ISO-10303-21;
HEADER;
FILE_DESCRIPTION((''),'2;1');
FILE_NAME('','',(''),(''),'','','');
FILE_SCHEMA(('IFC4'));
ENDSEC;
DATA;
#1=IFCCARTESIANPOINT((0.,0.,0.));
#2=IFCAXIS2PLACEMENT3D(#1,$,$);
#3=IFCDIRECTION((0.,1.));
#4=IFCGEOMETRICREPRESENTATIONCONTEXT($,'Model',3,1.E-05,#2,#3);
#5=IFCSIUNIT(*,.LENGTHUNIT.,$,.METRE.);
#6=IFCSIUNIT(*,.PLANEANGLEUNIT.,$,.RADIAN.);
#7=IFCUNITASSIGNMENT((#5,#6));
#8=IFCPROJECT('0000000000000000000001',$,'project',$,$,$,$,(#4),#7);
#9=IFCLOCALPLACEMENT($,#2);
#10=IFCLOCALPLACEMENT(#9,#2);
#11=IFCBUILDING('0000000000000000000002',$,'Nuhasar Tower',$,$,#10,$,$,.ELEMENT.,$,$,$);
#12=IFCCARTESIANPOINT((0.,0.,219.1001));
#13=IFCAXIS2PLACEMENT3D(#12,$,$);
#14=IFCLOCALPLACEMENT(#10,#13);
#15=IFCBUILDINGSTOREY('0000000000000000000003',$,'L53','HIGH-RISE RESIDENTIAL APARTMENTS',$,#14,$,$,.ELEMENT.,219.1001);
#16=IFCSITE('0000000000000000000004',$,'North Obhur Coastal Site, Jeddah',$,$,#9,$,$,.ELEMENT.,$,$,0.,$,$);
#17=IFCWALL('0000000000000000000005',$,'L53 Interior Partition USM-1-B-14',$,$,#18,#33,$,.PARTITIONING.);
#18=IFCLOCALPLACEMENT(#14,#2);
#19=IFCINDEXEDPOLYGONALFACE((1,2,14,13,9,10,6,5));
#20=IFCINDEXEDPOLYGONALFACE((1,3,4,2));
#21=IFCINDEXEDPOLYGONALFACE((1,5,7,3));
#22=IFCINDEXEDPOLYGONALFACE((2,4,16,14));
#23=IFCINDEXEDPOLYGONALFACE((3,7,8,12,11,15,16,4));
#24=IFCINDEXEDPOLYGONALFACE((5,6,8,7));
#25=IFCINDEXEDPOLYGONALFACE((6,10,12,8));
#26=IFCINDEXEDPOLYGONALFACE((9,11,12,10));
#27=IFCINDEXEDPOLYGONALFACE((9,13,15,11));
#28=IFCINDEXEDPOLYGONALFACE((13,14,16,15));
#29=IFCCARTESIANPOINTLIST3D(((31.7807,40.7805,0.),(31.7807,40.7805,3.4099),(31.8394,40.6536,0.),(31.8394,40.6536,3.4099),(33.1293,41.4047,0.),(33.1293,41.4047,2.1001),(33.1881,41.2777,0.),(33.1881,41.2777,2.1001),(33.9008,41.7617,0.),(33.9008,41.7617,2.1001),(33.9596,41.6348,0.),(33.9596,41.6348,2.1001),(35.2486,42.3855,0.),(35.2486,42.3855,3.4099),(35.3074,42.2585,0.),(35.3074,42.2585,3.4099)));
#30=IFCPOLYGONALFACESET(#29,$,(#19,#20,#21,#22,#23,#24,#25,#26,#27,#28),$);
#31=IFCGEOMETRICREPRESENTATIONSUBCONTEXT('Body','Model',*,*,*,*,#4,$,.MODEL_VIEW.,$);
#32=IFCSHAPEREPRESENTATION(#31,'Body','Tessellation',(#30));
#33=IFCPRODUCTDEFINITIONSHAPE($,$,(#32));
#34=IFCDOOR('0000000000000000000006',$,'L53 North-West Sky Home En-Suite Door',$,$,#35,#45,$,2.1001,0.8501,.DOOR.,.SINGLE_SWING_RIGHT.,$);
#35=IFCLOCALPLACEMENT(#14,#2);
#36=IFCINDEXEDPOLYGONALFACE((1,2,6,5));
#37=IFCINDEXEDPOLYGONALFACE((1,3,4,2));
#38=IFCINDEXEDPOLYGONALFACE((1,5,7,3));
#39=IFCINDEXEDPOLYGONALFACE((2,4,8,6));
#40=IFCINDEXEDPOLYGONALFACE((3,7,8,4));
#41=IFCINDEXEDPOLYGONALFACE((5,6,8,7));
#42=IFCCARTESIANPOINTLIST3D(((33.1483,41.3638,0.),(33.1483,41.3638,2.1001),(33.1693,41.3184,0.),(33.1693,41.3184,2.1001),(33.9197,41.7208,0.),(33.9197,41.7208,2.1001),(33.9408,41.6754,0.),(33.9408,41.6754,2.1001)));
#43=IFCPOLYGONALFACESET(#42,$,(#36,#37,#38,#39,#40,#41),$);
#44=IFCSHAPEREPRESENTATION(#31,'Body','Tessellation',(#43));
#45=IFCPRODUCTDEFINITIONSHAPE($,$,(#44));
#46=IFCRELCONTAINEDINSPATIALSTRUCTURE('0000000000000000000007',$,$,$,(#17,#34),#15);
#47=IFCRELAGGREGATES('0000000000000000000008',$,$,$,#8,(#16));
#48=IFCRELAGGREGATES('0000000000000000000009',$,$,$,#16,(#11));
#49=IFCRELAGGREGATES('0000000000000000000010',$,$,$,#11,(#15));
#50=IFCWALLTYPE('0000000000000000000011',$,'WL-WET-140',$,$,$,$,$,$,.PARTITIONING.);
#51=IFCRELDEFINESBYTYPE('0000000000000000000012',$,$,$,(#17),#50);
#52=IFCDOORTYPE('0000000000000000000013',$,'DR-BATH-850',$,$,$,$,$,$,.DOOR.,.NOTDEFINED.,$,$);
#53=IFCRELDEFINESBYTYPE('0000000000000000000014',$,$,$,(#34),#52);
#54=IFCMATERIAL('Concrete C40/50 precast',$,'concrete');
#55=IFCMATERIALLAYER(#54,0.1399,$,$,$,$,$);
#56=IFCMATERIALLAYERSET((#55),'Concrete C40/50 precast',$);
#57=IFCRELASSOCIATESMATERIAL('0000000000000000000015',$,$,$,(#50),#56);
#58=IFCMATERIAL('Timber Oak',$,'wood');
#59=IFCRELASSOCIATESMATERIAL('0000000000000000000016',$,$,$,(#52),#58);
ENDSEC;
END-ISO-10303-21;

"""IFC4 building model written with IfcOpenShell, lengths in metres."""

from ifc_helpers import new_model, si_unit, direction, frame, frame_2d, origin, place, context, subcontext, project, spatial, rectangle, extrude, material, layer, layer_set, type_object, element, fill, save


model = new_model("IFC4")

# Units and contexts
model_context = context("Model", 3, precision=1e-05, world=origin(), true_north=direction((0.0, 1.0)))
body_context = subcontext(model_context, "Body", "Model", "MODEL_VIEW")
ifc_project = project(units=[si_unit("LENGTHUNIT", "METRE"), si_unit("PLANEANGLEUNIT", "RADIAN")], contexts=[model_context])

# Site, building, storey
site_placement = place(None, origin())
site = spatial("IfcSite", under=ifc_project, at=site_placement, Name="North Obhur Coastal Site, Jeddah", CompositionType="ELEMENT", RefElevation=0.0)
building_placement = place(site_placement, origin())
building = spatial("IfcBuilding", under=site, at=building_placement, Name="Nuhasar Tower", CompositionType="ELEMENT")
storey_placement = place(building_placement, frame((0.0, 0.0, 219.1001)))
storey = spatial("IfcBuildingStorey", under=building, at=storey_placement, Name="L53", Description="HIGH-RISE RESIDENTIAL APARTMENTS", CompositionType="ELEMENT", Elevation=219.1001)

# Shared definitions
ifc_material_1 = material(Name="Concrete C40/50 precast", Category="concrete")
ifc_layer_1 = layer(ifc_material_1, 0.1399)
ifc_layer_set_1 = layer_set([ifc_layer_1], Name="Concrete C40/50 precast")
wall_type_1 = type_object("IfcWallType", Name="WL-WET-140", PredefinedType="PARTITIONING", material=ifc_layer_set_1)

# Wall, opening, door
wall_1_placement = place(storey_placement, frame((31.8101, 40.717, 0.0), z_axis=(0.0, 0.0, 1.0), x_axis=(0.907525, 0.419998, 0.0)))
wall_1 = element("IfcWall", 1, at=wall_1_placement, inside=storey, type_object=wall_type_1, Name="L53 Interior Partition USM-1-B-14", PredefinedType="PARTITIONING", context=body_context, shape_type="SweptSolid", body=[
    extrude(rectangle(XDim=3.8213, YDim=0.1399, at=frame_2d((1.9106, 0.0))), origin(), (0.0, 0.0, 1.0), 3.4099),
])
opening_1_placement = place(wall_1_placement, frame((1.4861, 0.0, 0.0)))
opening_1 = element("IfcOpeningElement", 2, at=opening_1_placement, cuts=wall_1, PredefinedType="OPENING", context=body_context, shape_type="SweptSolid", body=[
    extrude(rectangle(XDim=0.8501, YDim=2.1001, at=frame_2d((0.425, 1.05))), frame((0.0, 0.0801, 0.0), z_axis=(0.0, -1.0, 0.0), x_axis=(1.0, 0.0, 0.0)), (0.0, 0.0, 1.0), 0.1599),
])
ifc_material_2 = material(Name="Timber Oak", Category="wood")
door_type_1 = type_object("IfcDoorType", Name="DR-BATH-850", OperationType="NOTDEFINED", PredefinedType="DOOR", material=ifc_material_2)
door_1_placement = place(opening_1_placement, origin())
door_1 = element("IfcDoor", 3, at=door_1_placement, inside=storey, type_object=door_type_1, Name="L53 North-West Sky Home En-Suite Door", OperationType="SINGLE_SWING_RIGHT", OverallHeight=2.1001, OverallWidth=0.8501, PredefinedType="DOOR", context=body_context, shape_type="SweptSolid", body=[
    extrude(rectangle(XDim=0.8501, YDim=2.1001, at=frame_2d((0.425, 1.05))), frame((0.0, 0.0249, 0.0), z_axis=(0.0, -1.0, 0.0), x_axis=(1.0, 0.0, 0.0)), (0.0, 0.0, 1.0), 0.05),
])
fill(opening_1, door_1)

save(model, "model.ifc")
